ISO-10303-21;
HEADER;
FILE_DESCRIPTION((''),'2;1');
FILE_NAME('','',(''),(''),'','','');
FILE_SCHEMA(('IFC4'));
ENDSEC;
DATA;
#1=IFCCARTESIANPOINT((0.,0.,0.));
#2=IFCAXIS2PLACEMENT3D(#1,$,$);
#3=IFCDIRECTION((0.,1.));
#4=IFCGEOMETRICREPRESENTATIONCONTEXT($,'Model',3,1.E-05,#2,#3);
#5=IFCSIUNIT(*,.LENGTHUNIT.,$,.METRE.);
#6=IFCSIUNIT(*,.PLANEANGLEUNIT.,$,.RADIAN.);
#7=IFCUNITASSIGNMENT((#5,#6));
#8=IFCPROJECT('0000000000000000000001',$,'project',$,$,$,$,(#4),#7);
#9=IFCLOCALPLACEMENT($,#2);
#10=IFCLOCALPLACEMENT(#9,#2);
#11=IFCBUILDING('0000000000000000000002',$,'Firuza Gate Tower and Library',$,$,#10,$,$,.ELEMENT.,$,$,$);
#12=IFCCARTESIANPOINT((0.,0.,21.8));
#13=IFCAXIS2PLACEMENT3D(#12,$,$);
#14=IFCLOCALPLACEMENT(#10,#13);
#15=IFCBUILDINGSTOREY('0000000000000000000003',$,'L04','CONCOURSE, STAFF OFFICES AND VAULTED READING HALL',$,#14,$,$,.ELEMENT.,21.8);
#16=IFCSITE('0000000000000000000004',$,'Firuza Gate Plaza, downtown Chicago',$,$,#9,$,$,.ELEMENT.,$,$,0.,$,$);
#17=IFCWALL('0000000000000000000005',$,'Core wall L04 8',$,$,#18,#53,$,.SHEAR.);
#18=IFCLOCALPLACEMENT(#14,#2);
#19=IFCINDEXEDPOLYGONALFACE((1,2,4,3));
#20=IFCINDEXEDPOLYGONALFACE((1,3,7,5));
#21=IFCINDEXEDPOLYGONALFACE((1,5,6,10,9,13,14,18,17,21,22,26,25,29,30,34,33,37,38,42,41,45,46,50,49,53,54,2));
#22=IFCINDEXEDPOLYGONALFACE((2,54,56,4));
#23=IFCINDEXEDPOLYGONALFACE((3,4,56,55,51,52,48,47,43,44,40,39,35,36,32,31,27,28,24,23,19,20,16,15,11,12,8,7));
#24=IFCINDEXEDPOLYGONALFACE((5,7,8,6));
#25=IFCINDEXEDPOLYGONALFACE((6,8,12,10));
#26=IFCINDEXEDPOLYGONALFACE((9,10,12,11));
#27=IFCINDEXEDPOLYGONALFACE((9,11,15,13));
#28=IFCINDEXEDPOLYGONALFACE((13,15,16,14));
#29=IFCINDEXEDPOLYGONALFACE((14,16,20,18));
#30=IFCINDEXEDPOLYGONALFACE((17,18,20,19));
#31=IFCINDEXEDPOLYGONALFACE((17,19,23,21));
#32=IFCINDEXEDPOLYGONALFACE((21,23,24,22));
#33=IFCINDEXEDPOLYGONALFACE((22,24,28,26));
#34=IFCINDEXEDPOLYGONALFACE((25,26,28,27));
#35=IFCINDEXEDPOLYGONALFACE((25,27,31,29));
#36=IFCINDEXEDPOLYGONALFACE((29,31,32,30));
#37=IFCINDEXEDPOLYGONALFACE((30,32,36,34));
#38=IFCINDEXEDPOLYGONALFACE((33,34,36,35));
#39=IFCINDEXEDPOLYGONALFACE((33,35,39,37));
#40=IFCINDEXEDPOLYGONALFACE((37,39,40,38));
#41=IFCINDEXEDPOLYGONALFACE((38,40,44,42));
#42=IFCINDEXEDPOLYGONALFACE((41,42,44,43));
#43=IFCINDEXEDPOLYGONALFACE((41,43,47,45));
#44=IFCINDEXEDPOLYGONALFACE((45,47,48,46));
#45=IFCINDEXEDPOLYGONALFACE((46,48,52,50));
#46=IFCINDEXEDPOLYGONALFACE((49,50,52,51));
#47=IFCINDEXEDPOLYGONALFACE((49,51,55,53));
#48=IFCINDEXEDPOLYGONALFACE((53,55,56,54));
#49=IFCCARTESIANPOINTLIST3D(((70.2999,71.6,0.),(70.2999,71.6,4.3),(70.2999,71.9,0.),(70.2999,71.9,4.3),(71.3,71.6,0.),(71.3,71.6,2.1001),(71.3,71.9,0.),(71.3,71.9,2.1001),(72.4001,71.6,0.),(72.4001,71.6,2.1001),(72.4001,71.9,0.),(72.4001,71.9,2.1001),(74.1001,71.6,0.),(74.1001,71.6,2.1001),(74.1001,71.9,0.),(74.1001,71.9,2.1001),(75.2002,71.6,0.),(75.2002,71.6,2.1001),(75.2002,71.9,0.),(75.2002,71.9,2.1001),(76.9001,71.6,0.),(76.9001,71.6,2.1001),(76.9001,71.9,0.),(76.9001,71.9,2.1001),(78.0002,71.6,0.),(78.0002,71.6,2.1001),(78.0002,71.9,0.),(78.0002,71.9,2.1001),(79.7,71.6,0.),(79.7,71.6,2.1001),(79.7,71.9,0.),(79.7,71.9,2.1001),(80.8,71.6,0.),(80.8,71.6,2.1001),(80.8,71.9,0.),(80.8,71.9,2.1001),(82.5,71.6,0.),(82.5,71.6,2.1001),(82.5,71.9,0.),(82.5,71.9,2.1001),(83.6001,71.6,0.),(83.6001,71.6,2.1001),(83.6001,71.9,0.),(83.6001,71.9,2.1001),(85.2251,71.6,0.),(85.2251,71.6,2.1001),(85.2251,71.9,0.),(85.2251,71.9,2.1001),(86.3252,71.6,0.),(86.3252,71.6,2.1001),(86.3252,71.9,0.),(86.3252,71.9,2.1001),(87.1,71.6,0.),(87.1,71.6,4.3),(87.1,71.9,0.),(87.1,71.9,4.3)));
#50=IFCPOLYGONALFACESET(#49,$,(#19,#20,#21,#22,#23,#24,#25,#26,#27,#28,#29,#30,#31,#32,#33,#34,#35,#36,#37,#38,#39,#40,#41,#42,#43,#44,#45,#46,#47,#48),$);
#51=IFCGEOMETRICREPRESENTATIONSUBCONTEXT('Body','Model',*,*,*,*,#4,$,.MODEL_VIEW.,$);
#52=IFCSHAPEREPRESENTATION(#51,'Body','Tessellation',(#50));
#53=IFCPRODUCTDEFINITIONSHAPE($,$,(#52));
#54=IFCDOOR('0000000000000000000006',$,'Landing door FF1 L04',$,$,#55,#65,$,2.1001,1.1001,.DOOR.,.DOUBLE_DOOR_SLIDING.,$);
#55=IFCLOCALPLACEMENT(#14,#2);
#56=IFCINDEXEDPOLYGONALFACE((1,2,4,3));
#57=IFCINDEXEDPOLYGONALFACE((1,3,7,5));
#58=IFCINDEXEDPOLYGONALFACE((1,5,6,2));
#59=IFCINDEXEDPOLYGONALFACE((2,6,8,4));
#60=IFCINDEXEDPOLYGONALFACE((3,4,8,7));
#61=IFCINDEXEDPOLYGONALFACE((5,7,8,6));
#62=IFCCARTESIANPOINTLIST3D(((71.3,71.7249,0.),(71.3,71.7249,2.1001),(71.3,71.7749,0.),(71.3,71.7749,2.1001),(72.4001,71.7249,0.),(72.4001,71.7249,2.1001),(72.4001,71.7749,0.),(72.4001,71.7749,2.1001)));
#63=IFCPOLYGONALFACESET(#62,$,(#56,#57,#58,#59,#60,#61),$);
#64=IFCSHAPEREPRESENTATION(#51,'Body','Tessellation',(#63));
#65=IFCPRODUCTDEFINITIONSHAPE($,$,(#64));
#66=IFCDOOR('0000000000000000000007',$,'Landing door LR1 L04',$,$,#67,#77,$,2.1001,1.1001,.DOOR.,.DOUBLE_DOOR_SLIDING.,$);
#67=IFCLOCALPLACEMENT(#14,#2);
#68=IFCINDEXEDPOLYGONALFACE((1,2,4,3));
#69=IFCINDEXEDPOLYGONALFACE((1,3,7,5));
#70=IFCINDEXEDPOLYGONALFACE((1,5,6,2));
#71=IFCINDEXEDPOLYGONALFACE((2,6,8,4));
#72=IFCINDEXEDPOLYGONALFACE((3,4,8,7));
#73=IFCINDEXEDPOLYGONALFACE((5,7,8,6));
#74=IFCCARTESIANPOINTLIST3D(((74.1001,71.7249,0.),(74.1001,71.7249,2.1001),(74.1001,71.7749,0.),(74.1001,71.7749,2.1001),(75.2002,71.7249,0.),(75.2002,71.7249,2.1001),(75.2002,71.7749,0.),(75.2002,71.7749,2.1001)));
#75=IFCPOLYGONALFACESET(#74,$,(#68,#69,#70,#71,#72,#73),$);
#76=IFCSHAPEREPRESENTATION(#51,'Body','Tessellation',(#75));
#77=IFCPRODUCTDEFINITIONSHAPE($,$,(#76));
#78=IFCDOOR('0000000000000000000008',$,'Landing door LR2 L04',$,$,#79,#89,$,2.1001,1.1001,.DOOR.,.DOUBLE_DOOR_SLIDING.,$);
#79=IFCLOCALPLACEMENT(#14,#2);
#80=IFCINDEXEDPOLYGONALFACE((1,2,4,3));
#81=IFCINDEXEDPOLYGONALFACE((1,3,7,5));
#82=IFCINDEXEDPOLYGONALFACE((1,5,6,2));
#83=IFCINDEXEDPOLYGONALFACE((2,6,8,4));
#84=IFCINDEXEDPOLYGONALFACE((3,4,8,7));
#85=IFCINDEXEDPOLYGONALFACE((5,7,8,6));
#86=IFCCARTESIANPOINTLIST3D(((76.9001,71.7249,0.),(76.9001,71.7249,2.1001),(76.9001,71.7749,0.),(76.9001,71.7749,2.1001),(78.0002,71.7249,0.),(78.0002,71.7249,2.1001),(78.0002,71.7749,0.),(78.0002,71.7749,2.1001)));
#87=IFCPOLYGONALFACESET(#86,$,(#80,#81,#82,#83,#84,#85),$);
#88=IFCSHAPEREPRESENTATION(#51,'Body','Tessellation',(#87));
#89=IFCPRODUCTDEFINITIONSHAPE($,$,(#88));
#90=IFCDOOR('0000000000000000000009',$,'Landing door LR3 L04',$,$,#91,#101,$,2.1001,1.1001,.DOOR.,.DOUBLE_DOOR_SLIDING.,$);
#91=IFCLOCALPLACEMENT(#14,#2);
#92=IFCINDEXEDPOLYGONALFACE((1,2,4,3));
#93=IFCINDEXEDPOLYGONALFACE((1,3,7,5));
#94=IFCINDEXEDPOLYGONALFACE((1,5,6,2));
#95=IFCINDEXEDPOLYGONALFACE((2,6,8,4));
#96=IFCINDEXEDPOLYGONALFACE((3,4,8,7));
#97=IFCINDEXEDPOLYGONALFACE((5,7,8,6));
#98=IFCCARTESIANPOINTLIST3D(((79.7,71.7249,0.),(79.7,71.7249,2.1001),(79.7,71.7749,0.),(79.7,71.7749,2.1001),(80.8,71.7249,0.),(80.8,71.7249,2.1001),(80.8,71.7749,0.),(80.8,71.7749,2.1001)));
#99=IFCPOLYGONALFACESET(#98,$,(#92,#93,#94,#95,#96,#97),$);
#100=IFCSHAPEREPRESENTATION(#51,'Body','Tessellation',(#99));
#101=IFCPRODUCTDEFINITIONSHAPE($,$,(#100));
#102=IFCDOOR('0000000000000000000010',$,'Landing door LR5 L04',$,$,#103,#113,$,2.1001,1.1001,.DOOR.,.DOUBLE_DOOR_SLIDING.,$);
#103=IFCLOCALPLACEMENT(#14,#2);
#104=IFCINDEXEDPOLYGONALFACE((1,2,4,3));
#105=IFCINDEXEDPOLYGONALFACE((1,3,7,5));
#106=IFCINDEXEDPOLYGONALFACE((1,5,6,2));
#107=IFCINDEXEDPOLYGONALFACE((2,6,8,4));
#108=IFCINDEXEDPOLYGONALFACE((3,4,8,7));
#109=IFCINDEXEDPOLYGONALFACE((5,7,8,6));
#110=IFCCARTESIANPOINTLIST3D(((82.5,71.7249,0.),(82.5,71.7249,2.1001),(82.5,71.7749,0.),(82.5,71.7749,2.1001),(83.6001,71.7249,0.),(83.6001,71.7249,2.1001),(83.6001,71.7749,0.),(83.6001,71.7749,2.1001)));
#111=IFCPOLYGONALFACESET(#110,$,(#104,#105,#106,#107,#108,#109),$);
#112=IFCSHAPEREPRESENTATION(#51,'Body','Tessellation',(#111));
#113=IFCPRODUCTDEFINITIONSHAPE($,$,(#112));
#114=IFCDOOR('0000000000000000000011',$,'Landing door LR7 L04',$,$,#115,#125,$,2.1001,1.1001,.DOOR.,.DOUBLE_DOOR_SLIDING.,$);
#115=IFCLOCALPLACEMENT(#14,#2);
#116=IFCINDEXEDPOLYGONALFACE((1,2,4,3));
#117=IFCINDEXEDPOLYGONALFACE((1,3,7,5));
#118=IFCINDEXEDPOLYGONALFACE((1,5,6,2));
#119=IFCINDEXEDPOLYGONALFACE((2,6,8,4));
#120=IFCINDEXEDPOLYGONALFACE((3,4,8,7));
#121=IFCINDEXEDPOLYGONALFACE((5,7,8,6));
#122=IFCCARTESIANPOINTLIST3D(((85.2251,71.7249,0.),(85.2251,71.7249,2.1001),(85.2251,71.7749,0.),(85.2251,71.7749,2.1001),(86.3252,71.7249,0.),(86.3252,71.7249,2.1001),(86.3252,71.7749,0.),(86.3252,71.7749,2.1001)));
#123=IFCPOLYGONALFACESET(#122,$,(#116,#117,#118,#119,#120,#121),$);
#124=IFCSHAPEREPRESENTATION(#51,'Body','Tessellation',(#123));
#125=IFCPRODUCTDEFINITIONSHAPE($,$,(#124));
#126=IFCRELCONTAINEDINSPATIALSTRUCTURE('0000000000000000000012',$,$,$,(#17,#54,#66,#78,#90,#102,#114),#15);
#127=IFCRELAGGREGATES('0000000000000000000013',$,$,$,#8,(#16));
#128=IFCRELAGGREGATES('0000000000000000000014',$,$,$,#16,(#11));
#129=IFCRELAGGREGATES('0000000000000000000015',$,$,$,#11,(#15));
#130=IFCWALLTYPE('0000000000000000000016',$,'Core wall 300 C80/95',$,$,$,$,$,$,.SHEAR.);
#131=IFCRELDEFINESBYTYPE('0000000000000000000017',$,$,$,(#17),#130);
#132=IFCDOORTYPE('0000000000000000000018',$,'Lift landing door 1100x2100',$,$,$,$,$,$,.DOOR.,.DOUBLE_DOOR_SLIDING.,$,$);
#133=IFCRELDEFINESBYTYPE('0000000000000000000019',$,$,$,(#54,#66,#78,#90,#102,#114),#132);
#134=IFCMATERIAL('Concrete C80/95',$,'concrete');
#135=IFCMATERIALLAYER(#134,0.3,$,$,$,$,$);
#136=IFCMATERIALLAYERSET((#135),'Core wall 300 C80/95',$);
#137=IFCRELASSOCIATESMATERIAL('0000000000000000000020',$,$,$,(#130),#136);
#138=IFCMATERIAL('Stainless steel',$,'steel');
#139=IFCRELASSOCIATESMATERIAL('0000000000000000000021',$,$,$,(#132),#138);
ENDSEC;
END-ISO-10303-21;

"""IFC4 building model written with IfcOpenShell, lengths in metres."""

from ifc_helpers import new_model, si_unit, direction, frame, frame_2d, origin, place, context, subcontext, project, spatial, rectangle, extrude, material, layer, layer_set, type_object, element, fill, save


model = new_model("IFC4")

# Units and contexts
model_context = context("Model", 3, precision=1e-05, world=origin(), true_north=direction((0.0, 1.0)))
body_context = subcontext(model_context, "Body", "Model", "MODEL_VIEW")
ifc_project = project(units=[si_unit("LENGTHUNIT", "METRE"), si_unit("PLANEANGLEUNIT", "RADIAN")], contexts=[model_context])

# Site, building, storey
site_placement = place(None, origin())
site = spatial("IfcSite", under=ifc_project, at=site_placement, Name="Firuza Gate Plaza, downtown Chicago", CompositionType="ELEMENT", RefElevation=0.0)
building_placement = place(site_placement, origin())
building = spatial("IfcBuilding", under=site, at=building_placement, Name="Firuza Gate Tower and Library", CompositionType="ELEMENT")
storey_placement = place(building_placement, frame((0.0, 0.0, 21.8)))
storey = spatial("IfcBuildingStorey", under=building, at=storey_placement, Name="L04", Description="CONCOURSE, STAFF OFFICES AND VAULTED READING HALL", CompositionType="ELEMENT", Elevation=21.8)

# Wall, openings, doors
ifc_material_1 = material(Name="Concrete C80/95", Category="concrete")
ifc_layer_1 = layer(ifc_material_1, 0.3)
ifc_layer_set_1 = layer_set([ifc_layer_1], Name="Core wall 300 C80/95")
wall_type_1 = type_object("IfcWallType", Name="Core wall 300 C80/95", PredefinedType="SHEAR", material=ifc_layer_set_1)
wall_1_placement = place(storey_placement, frame((70.3, 71.75, 0.0), z_axis=(0.0, 0.0, 1.0), x_axis=(1.0, 0.0, 0.0)))
wall_1 = element("IfcWall", 1, at=wall_1_placement, inside=storey, type_object=wall_type_1, Name="Core wall L04 8", PredefinedType="SHEAR", context=body_context, shape_type="SweptSolid", body=[
    extrude(rectangle(XDim=16.8, YDim=0.3, at=frame_2d((8.3999, 0.0))), origin(), (0.0, 0.0, 1.0), 4.3),
])
opening_1_placement = place(wall_1_placement, frame((1.0, 0.0, 0.0)))
opening_1 = element("IfcOpeningElement", 2, at=opening_1_placement, cuts=wall_1, PredefinedType="OPENING", context=body_context, shape_type="SweptSolid", body=[
    extrude(rectangle(XDim=1.1001, YDim=2.1001, at=frame_2d((0.55, 1.05))), frame((0.0, 0.1602, 0.0), z_axis=(0.0, -1.0, 0.0), x_axis=(1.0, 0.0, 0.0)), (0.0, 0.0, 1.0), 0.3201),
])
opening_2_placement = place(wall_1_placement, frame((3.8, 0.0, 0.0)))
opening_2 = element("IfcOpeningElement", 3, at=opening_2_placement, cuts=wall_1, PredefinedType="OPENING", context=body_context, shape_type="SweptSolid", body=[
    extrude(rectangle(XDim=1.1001, YDim=2.1001, at=frame_2d((0.55, 1.05))), frame((0.0, 0.1602, 0.0), z_axis=(0.0, -1.0, 0.0), x_axis=(1.0, 0.0, 0.0)), (0.0, 0.0, 1.0), 0.3201),
])
opening_3_placement = place(wall_1_placement, frame((6.6001, 0.0, 0.0)))
opening_3 = element("IfcOpeningElement", 4, at=opening_3_placement, cuts=wall_1, PredefinedType="OPENING", context=body_context, shape_type="SweptSolid", body=[
    extrude(rectangle(XDim=1.1001, YDim=2.1001, at=frame_2d((0.55, 1.05))), frame((0.0, 0.1602, 0.0), z_axis=(0.0, -1.0, 0.0), x_axis=(1.0, 0.0, 0.0)), (0.0, 0.0, 1.0), 0.3201),
])
opening_4_placement = place(wall_1_placement, frame((9.3999, 0.0, 0.0)))
opening_4 = element("IfcOpeningElement", 5, at=opening_4_placement, cuts=wall_1, PredefinedType="OPENING", context=body_context, shape_type="SweptSolid", body=[
    extrude(rectangle(XDim=1.1001, YDim=2.1001, at=frame_2d((0.55, 1.05))), frame((0.0, 0.1602, 0.0), z_axis=(0.0, -1.0, 0.0), x_axis=(1.0, 0.0, 0.0)), (0.0, 0.0, 1.0), 0.3201),
])
opening_5_placement = place(wall_1_placement, frame((12.2, 0.0, 0.0)))
opening_5 = element("IfcOpeningElement", 6, at=opening_5_placement, cuts=wall_1, PredefinedType="OPENING", context=body_context, shape_type="SweptSolid", body=[
    extrude(rectangle(XDim=1.1001, YDim=2.1001, at=frame_2d((0.55, 1.05))), frame((0.0, 0.1602, 0.0), z_axis=(0.0, -1.0, 0.0), x_axis=(1.0, 0.0, 0.0)), (0.0, 0.0, 1.0), 0.3201),
])
opening_6_placement = place(wall_1_placement, frame((14.925, 0.0, 0.0)))
opening_6 = element("IfcOpeningElement", 7, at=opening_6_placement, cuts=wall_1, PredefinedType="OPENING", context=body_context, shape_type="SweptSolid", body=[
    extrude(rectangle(XDim=1.1001, YDim=2.1001, at=frame_2d((0.55, 1.05))), frame((0.0, 0.1602, 0.0), z_axis=(0.0, -1.0, 0.0), x_axis=(1.0, 0.0, 0.0)), (0.0, 0.0, 1.0), 0.3201),
])
ifc_material_2 = material(Name="Stainless steel", Category="steel")
door_type_1 = type_object("IfcDoorType", Name="Lift landing door 1100x2100", OperationType="DOUBLE_DOOR_SLIDING", PredefinedType="DOOR", material=ifc_material_2)
door_1_placement = place(opening_1_placement, origin())
door_1 = element("IfcDoor", 8, at=door_1_placement, inside=storey, type_object=door_type_1, Name="Landing door FF1 L04", OperationType="DOUBLE_DOOR_SLIDING", OverallHeight=2.1001, OverallWidth=1.1001, PredefinedType="DOOR", context=body_context, shape_type="SweptSolid", body=[
    extrude(rectangle(XDim=1.1001, YDim=2.1001, at=frame_2d((0.55, 1.05))), frame((0.0, 0.0249, 0.0), z_axis=(0.0, -1.0, 0.0), x_axis=(1.0, 0.0, 0.0)), (0.0, 0.0, 1.0), 0.05),
])
fill(opening_1, door_1)
door_2_placement = place(opening_2_placement, origin())
door_2 = element("IfcDoor", 9, at=door_2_placement, inside=storey, type_object=door_type_1, Name="Landing door LR1 L04", OperationType="DOUBLE_DOOR_SLIDING", OverallHeight=2.1001, OverallWidth=1.1001, PredefinedType="DOOR", context=body_context, shape_type="SweptSolid", body=[
    extrude(rectangle(XDim=1.1001, YDim=2.1001, at=frame_2d((0.55, 1.05))), frame((0.0, 0.0249, 0.0), z_axis=(0.0, -1.0, 0.0), x_axis=(1.0, 0.0, 0.0)), (0.0, 0.0, 1.0), 0.05),
])
fill(opening_2, door_2)
door_3_placement = place(opening_3_placement, origin())
door_3 = element("IfcDoor", 10, at=door_3_placement, inside=storey, type_object=door_type_1, Name="Landing door LR2 L04", OperationType="DOUBLE_DOOR_SLIDING", OverallHeight=2.1001, OverallWidth=1.1001, PredefinedType="DOOR", context=body_context, shape_type="SweptSolid", body=[
    extrude(rectangle(XDim=1.1001, YDim=2.1001, at=frame_2d((0.55, 1.05))), frame((0.0, 0.0249, 0.0), z_axis=(0.0, -1.0, 0.0), x_axis=(1.0, 0.0, 0.0)), (0.0, 0.0, 1.0), 0.05),
])
fill(opening_3, door_3)
door_4_placement = place(opening_4_placement, origin())
door_4 = element("IfcDoor", 11, at=door_4_placement, inside=storey, type_object=door_type_1, Name="Landing door LR3 L04", OperationType="DOUBLE_DOOR_SLIDING", OverallHeight=2.1001, OverallWidth=1.1001, PredefinedType="DOOR", context=body_context, shape_type="SweptSolid", body=[
    extrude(rectangle(XDim=1.1001, YDim=2.1001, at=frame_2d((0.55, 1.05))), frame((0.0, 0.0249, 0.0), z_axis=(0.0, -1.0, 0.0), x_axis=(1.0, 0.0, 0.0)), (0.0, 0.0, 1.0), 0.05),
])
fill(opening_4, door_4)
door_5_placement = place(opening_5_placement, origin())
door_5 = element("IfcDoor", 12, at=door_5_placement, inside=storey, type_object=door_type_1, Name="Landing door LR5 L04", OperationType="DOUBLE_DOOR_SLIDING", OverallHeight=2.1001, OverallWidth=1.1001, PredefinedType="DOOR", context=body_context, shape_type="SweptSolid", body=[
    extrude(rectangle(XDim=1.1001, YDim=2.1001, at=frame_2d((0.55, 1.05))), frame((0.0, 0.0249, 0.0), z_axis=(0.0, -1.0, 0.0), x_axis=(1.0, 0.0, 0.0)), (0.0, 0.0, 1.0), 0.05),
])
fill(opening_5, door_5)
door_6_placement = place(opening_6_placement, origin())
door_6 = element("IfcDoor", 13, at=door_6_placement, inside=storey, type_object=door_type_1, Name="Landing door LR7 L04", OperationType="DOUBLE_DOOR_SLIDING", OverallHeight=2.1001, OverallWidth=1.1001, PredefinedType="DOOR", context=body_context, shape_type="SweptSolid", body=[
    extrude(rectangle(XDim=1.1001, YDim=2.1001, at=frame_2d((0.55, 1.05))), frame((0.0, 0.0249, 0.0), z_axis=(0.0, -1.0, 0.0), x_axis=(1.0, 0.0, 0.0)), (0.0, 0.0, 1.0), 0.05),
])
fill(opening_6, door_6)

save(model, "model.ifc")
